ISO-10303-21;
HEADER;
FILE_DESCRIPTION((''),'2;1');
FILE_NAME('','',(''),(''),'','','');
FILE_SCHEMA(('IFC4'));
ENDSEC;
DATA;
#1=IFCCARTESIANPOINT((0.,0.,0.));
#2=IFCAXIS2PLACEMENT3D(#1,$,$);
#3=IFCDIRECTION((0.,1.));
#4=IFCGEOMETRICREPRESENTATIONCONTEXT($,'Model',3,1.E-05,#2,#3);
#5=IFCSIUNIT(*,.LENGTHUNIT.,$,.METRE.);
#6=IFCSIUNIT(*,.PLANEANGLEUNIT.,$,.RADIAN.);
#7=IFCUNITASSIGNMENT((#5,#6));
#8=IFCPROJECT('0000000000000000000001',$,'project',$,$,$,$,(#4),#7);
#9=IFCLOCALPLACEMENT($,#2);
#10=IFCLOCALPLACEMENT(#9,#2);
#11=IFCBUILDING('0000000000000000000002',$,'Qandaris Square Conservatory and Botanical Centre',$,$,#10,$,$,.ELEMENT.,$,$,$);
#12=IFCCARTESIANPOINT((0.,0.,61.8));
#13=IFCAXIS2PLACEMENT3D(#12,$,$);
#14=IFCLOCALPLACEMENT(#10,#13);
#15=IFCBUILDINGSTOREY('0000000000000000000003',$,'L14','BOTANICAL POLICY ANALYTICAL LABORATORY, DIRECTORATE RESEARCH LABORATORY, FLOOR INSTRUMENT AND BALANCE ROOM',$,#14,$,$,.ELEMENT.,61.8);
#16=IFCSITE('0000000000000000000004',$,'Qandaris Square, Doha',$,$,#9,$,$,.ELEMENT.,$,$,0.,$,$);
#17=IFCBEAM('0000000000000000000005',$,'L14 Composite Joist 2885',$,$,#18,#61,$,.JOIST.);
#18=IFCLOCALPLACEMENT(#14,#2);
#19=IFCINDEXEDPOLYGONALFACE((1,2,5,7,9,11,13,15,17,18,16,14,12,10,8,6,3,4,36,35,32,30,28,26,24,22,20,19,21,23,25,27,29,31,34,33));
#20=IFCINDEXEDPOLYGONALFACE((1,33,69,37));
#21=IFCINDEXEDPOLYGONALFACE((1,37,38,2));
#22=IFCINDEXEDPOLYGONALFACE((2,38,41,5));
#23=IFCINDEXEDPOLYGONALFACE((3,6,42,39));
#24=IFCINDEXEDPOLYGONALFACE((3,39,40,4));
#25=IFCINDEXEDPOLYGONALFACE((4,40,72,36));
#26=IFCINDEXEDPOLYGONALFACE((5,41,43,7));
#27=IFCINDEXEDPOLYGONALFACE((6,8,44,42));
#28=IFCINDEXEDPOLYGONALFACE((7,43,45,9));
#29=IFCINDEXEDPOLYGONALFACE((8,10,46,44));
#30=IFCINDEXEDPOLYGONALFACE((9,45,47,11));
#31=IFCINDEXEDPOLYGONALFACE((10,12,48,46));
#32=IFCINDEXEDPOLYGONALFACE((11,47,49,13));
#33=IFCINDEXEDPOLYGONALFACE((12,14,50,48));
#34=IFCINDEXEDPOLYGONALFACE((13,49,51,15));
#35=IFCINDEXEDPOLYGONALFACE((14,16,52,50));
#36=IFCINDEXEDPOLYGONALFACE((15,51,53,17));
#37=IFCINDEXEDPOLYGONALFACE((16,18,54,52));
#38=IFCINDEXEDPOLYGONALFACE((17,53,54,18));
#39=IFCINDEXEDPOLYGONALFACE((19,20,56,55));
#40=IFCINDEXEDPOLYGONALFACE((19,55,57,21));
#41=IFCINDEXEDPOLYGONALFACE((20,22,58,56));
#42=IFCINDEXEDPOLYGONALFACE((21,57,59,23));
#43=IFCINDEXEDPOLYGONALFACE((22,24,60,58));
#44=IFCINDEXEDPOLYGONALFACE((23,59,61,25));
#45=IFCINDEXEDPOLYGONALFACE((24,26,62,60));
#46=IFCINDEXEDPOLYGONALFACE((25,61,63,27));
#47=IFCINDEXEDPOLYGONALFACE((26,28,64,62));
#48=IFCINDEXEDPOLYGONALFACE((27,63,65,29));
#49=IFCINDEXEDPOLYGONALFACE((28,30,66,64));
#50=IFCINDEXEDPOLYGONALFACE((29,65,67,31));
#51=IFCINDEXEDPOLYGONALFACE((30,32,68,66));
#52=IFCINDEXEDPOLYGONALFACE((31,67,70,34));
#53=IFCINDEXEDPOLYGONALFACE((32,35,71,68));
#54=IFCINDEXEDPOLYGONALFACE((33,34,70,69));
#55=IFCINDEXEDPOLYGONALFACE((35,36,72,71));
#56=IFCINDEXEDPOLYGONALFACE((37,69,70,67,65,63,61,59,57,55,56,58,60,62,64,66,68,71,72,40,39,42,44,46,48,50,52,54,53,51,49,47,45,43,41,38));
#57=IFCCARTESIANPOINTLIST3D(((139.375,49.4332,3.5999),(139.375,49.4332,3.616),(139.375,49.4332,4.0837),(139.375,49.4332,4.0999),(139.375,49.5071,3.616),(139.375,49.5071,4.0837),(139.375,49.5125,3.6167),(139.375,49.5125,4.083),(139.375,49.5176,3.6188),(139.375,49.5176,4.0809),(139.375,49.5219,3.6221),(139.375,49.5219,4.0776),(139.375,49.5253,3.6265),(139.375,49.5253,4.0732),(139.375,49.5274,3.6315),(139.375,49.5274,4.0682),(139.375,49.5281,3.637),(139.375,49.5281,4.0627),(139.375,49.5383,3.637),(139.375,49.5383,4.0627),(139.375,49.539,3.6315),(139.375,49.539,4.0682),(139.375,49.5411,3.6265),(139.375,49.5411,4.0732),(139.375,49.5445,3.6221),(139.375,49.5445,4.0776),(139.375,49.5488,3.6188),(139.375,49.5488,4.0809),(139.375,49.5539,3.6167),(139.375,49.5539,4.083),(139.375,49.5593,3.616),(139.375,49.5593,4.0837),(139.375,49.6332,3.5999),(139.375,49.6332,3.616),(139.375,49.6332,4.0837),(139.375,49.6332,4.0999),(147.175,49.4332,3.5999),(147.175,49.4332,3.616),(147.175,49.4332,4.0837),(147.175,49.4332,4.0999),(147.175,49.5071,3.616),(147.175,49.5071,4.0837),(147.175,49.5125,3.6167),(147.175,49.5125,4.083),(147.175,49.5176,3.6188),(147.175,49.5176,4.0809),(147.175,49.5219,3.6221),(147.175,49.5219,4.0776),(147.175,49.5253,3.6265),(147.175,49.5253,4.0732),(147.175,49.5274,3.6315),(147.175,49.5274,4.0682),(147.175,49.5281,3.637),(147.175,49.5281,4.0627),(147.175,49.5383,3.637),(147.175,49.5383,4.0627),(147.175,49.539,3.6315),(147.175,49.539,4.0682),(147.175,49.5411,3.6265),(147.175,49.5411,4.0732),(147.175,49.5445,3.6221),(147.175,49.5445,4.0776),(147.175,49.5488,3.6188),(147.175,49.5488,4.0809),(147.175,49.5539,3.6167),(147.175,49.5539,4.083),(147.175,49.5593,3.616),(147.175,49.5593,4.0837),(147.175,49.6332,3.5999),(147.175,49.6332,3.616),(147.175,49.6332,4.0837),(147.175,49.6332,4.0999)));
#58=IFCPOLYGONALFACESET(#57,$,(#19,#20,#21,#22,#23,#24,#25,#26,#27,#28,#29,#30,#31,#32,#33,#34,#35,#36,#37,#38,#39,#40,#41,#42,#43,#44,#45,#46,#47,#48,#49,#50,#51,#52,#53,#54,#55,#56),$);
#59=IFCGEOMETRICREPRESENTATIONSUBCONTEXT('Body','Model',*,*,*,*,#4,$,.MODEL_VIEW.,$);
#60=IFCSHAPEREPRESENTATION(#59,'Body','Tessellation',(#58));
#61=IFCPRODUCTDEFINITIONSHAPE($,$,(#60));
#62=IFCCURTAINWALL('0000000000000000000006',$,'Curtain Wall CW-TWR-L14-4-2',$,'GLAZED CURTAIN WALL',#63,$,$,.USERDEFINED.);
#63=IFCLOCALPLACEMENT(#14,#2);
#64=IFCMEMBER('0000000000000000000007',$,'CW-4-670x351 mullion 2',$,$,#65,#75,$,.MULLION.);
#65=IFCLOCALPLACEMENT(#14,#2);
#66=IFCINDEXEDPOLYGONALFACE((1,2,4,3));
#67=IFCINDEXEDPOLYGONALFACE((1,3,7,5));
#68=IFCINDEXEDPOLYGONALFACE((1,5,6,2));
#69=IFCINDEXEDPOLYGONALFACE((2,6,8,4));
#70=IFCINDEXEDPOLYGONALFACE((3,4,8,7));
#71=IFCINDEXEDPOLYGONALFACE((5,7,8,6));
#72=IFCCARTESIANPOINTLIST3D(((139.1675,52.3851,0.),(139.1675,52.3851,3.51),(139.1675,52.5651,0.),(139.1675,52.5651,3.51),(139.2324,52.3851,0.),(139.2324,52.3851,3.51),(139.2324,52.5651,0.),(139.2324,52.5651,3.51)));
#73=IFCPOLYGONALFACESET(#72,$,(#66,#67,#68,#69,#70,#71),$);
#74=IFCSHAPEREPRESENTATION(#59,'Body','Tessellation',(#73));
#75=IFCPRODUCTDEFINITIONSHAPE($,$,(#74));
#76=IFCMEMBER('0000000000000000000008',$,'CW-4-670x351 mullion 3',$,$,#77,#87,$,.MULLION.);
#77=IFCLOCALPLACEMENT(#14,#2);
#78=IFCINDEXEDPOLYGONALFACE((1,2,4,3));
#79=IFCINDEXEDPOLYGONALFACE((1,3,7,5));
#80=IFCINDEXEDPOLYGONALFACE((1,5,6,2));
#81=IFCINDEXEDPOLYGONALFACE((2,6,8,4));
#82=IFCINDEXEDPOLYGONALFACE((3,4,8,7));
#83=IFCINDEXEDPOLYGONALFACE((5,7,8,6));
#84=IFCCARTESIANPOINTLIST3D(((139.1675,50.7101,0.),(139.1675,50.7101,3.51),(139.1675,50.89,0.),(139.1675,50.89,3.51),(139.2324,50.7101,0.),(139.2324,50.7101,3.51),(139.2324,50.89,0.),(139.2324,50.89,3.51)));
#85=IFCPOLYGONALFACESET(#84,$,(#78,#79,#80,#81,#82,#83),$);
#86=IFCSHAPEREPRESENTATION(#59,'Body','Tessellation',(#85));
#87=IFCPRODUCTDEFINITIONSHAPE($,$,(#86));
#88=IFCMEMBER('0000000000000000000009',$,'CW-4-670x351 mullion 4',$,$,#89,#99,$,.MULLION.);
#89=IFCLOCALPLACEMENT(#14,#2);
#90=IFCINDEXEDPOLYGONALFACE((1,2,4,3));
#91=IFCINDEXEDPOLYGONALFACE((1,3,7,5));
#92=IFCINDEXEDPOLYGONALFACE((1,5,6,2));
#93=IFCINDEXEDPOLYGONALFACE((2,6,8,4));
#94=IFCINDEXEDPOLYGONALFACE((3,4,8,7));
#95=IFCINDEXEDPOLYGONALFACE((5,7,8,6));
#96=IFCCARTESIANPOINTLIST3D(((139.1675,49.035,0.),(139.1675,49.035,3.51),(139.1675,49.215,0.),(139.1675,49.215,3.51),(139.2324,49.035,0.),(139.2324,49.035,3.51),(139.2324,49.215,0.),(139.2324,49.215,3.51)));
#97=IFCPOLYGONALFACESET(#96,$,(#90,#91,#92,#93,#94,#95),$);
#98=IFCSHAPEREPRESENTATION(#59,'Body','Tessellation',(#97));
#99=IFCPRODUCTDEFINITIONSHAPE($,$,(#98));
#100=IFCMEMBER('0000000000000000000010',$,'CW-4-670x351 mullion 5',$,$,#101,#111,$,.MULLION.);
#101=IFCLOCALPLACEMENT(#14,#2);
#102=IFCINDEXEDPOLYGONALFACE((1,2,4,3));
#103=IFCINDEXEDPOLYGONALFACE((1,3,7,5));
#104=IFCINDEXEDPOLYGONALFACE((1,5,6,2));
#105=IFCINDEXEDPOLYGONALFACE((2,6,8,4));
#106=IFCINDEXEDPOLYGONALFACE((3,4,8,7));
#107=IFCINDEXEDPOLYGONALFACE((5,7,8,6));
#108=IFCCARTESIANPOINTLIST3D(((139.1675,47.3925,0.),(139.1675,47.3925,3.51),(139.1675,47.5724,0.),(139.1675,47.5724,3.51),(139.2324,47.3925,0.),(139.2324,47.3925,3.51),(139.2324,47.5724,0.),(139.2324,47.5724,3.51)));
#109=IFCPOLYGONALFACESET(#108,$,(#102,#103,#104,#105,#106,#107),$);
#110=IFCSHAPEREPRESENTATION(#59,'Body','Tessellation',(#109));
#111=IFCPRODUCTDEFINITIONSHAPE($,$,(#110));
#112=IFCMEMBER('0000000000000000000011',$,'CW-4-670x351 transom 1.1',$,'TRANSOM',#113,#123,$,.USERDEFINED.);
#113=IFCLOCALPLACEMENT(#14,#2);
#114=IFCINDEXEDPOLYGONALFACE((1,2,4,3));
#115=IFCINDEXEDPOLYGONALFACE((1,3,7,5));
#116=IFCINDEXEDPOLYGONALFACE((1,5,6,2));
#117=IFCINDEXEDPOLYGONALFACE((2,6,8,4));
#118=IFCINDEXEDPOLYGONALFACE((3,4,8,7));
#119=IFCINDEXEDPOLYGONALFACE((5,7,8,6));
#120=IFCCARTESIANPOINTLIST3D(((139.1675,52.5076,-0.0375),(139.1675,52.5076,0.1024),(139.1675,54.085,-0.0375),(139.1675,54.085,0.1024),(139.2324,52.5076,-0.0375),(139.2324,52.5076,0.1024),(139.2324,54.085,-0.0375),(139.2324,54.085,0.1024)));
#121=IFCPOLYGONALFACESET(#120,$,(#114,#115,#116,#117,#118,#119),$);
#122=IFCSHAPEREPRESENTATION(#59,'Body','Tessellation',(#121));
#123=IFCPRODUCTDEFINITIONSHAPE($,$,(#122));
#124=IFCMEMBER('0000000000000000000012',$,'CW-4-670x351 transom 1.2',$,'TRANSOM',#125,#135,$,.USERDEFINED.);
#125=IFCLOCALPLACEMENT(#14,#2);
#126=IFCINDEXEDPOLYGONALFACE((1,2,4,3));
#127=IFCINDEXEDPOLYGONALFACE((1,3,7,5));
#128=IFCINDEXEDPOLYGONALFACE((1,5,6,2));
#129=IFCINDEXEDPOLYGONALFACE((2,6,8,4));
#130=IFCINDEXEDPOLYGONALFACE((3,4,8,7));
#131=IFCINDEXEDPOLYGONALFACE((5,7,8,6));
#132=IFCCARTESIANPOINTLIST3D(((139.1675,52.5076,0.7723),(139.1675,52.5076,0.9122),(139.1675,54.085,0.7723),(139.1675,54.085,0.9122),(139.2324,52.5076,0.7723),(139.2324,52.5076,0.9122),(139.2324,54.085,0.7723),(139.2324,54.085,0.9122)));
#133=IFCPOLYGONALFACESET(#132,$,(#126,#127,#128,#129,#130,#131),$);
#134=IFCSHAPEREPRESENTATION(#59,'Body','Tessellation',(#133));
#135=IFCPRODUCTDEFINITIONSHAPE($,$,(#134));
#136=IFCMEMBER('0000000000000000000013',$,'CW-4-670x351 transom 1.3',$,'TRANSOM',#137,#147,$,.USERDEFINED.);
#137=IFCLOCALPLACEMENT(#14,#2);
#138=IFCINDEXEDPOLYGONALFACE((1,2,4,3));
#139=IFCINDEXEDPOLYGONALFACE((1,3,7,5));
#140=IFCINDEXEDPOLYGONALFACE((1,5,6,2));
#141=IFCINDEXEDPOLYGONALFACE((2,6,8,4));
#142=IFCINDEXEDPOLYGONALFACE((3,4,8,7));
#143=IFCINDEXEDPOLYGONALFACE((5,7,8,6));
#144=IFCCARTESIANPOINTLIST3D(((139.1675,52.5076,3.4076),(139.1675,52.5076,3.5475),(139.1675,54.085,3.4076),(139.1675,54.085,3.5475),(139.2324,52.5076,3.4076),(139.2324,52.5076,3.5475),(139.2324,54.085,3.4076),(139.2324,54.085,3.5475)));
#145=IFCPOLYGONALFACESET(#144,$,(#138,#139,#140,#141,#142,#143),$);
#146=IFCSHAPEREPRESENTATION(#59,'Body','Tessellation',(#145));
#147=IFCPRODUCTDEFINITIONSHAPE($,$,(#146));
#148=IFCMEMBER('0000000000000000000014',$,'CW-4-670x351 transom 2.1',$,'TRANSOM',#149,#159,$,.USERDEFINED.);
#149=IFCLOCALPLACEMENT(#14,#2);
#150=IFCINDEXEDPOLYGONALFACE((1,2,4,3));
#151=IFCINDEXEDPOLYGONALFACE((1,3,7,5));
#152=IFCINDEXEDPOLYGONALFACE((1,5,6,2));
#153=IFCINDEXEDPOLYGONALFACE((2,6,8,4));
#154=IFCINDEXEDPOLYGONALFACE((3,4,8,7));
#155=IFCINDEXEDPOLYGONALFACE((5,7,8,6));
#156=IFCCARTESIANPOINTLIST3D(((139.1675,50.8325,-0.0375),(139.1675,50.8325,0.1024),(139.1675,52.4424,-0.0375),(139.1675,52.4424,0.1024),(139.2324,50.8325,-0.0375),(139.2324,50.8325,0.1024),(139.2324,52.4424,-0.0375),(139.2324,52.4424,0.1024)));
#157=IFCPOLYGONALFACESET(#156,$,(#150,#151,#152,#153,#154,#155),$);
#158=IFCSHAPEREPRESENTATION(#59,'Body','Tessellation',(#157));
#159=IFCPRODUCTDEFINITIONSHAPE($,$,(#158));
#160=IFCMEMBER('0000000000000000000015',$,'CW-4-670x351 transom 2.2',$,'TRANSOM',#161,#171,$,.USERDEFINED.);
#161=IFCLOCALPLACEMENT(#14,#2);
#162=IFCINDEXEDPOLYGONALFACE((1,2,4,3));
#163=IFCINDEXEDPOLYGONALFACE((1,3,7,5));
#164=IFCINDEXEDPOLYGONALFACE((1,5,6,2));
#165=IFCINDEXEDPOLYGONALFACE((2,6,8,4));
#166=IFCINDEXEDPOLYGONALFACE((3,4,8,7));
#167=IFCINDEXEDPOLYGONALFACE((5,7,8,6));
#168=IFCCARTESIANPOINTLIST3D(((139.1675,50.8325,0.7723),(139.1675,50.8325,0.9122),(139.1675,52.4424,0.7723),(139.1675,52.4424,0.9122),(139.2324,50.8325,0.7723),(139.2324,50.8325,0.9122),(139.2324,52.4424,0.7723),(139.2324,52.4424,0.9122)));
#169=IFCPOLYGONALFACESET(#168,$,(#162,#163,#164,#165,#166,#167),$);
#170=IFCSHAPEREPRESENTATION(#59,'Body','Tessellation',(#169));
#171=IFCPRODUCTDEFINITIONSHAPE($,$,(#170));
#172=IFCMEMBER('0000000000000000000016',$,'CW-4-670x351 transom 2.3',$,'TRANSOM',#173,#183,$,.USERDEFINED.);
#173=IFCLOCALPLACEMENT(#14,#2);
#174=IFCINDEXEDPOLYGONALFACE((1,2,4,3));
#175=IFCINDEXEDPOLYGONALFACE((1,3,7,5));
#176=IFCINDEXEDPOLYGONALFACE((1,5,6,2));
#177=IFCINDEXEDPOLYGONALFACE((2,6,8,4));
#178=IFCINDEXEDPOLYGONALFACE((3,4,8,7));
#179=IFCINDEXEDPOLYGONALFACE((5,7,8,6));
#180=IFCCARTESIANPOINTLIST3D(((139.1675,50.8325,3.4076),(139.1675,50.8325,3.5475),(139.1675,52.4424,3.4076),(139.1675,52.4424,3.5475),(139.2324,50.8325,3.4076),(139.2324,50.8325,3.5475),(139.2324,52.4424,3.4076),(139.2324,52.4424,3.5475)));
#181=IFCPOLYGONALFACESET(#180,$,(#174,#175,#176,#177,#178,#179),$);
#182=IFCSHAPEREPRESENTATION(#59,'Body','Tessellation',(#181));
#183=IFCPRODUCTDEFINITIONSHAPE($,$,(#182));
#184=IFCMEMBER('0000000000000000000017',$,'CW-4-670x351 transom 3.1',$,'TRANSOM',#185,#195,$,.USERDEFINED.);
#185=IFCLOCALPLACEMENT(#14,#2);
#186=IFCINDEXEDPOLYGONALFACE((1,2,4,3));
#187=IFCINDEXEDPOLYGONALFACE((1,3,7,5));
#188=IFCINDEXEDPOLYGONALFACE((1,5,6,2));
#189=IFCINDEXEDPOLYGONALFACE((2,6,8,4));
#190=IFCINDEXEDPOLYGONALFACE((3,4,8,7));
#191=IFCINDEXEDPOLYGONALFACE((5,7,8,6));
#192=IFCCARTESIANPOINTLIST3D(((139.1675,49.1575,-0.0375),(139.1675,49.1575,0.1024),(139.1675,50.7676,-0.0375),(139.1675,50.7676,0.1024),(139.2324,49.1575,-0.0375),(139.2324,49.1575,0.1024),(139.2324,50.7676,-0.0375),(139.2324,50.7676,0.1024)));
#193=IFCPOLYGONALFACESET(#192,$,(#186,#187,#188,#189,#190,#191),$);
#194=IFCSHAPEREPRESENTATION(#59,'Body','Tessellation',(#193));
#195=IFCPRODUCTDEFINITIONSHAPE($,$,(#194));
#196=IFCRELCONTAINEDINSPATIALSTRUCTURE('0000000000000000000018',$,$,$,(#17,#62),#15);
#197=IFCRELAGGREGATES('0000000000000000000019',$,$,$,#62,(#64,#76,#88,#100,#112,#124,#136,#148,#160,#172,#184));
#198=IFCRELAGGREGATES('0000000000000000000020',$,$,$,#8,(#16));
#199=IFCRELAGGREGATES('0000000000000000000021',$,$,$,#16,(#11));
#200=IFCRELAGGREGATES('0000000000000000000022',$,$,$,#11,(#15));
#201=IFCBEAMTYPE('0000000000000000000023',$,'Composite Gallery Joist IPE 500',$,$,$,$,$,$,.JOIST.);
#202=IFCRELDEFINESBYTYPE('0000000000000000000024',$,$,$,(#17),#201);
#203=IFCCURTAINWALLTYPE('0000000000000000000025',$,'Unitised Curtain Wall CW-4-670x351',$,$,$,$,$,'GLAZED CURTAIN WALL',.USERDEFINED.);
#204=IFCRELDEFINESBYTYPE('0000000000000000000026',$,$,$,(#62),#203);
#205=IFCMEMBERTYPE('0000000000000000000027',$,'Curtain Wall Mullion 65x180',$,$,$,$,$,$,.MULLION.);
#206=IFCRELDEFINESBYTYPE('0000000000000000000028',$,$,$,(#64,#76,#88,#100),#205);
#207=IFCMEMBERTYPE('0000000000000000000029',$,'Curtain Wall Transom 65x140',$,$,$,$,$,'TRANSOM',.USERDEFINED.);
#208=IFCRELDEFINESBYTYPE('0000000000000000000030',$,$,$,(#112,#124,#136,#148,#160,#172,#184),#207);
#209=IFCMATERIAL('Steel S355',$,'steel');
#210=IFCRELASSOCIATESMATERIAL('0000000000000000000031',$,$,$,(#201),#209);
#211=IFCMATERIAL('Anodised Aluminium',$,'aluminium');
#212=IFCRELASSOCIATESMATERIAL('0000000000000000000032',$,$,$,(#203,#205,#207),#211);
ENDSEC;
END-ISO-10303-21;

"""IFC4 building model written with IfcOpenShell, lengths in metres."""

from ifc_helpers import new_model, si_unit, direction, frame, origin, origin_2d, place, context, subcontext, project, spatial, rectangle, i_section, extrude, material, material_profile, profile_set, type_object, element, aggregate, save


model = new_model("IFC4")

# Units and contexts
model_context = context("Model", 3, precision=1e-05, world=origin(), true_north=direction((0.0, 1.0)))
body_context = subcontext(model_context, "Body", "Model", "MODEL_VIEW")
ifc_project = project(units=[si_unit("LENGTHUNIT", "METRE"), si_unit("PLANEANGLEUNIT", "RADIAN")], contexts=[model_context])

# Site, building, storey
site_placement = place(None, origin())
site = spatial("IfcSite", under=ifc_project, at=site_placement, Name="Qandaris Square, Doha", CompositionType="ELEMENT", RefElevation=0.0)
building_placement = place(site_placement, origin())
building = spatial("IfcBuilding", under=site, at=building_placement, Name="Qandaris Square Conservatory and Botanical Centre", CompositionType="ELEMENT")
storey_placement = place(building_placement, frame((0.0, 0.0, 61.8)))
storey = spatial("IfcBuildingStorey", under=building, at=storey_placement, Name="L14", Description="BOTANICAL POLICY ANALYTICAL LABORATORY, DIRECTORATE RESEARCH LABORATORY, FLOOR INSTRUMENT AND BALANCE ROOM", CompositionType="ELEMENT", Elevation=61.8)

# Beam
ifc_material_1 = material(Name="Steel S355", Category="steel")
ifc_material_profile_1 = material_profile(ifc_material_1, i_section(OverallWidth=0.2, OverallDepth=0.5, WebThickness=0.0103, FlangeThickness=0.0161, FilletRadius=0.021, at=origin_2d()), Name="IPE 500")
ifc_profile_set_1 = profile_set([ifc_material_profile_1], Name="Steel S355")
beam_type_1 = type_object("IfcBeamType", Name="Composite Gallery Joist IPE 500", PredefinedType="JOIST", material=ifc_profile_set_1)
beam_1_placement = place(storey_placement, frame((139.375, 49.5332, 3.8499), z_axis=(1.0, 0.0, 0.0), x_axis=(0.0, 1.0, 0.0)))
element("IfcBeam", 1, at=beam_1_placement, inside=storey, type_object=beam_type_1, Name="L14 Composite Joist 2885", PredefinedType="JOIST", context=body_context, shape_type="SweptSolid", body=[
    extrude(i_section(OverallWidth=0.2, OverallDepth=0.5, WebThickness=0.0103, FlangeThickness=0.0161, FilletRadius=0.021, at=origin_2d()), origin(), (0.0, 0.0, 1.0), 7.8),
])

# Curtain wall, members
ifc_material_2 = material(Name="Anodised Aluminium", Category="aluminium")
curtain_wall_type = type_object("IfcCurtainWallType", Name="Unitised Curtain Wall CW-4-670x351", ElementType="GLAZED CURTAIN WALL", PredefinedType="USERDEFINED", material=ifc_material_2)
curtain_wall_placement = place(storey_placement, origin())
curtain_wall = element("IfcCurtainWall", 2, at=curtain_wall_placement, inside=storey, type_object=curtain_wall_type, Name="Curtain Wall CW-TWR-L14-4-2", ObjectType="GLAZED CURTAIN WALL", PredefinedType="USERDEFINED")
ifc_material_profile_2 = material_profile(ifc_material_2, rectangle(XDim=0.0649, YDim=0.1799, at=origin_2d()), Name="ALU-MUL 65x180")
ifc_profile_set_2 = profile_set([ifc_material_profile_2], Name="Anodised Aluminium")
member_type_1 = type_object("IfcMemberType", Name="Curtain Wall Mullion 65x180", PredefinedType="MULLION", material=ifc_profile_set_2)
member_1_placement = place(storey_placement, frame((139.2, 52.4751, 0.0), z_axis=(0.0, 0.0, 1.0), x_axis=(1.0, 0.0, 0.0)))
member_1 = element("IfcMember", 3, at=member_1_placement, type_object=member_type_1, Name="CW-4-670x351 mullion 2", PredefinedType="MULLION", context=body_context, shape_type="SweptSolid", body=[
    extrude(rectangle(XDim=0.0649, YDim=0.1799, at=origin_2d()), origin(), (0.0, 0.0, 1.0), 3.51),
])
member_2_placement = place(storey_placement, frame((139.2, 50.8, 0.0), z_axis=(0.0, 0.0, 1.0), x_axis=(1.0, 0.0, 0.0)))
member_2 = element("IfcMember", 4, at=member_2_placement, type_object=member_type_1, Name="CW-4-670x351 mullion 3", PredefinedType="MULLION", context=body_context, shape_type="SweptSolid", body=[
    extrude(rectangle(XDim=0.0649, YDim=0.1799, at=origin_2d()), origin(), (0.0, 0.0, 1.0), 3.51),
])
member_3_placement = place(storey_placement, frame((139.2, 49.125, 0.0), z_axis=(0.0, 0.0, 1.0), x_axis=(1.0, 0.0, 0.0)))
member_3 = element("IfcMember", 5, at=member_3_placement, type_object=member_type_1, Name="CW-4-670x351 mullion 4", PredefinedType="MULLION", context=body_context, shape_type="SweptSolid", body=[
    extrude(rectangle(XDim=0.0649, YDim=0.1799, at=origin_2d()), origin(), (0.0, 0.0, 1.0), 3.51),
])
member_4_placement = place(storey_placement, frame((139.2, 47.4824, 0.0), z_axis=(0.0, 0.0, 1.0), x_axis=(1.0, 0.0, 0.0)))
member_4 = element("IfcMember", 6, at=member_4_placement, type_object=member_type_1, Name="CW-4-670x351 mullion 5", PredefinedType="MULLION", context=body_context, shape_type="SweptSolid", body=[
    extrude(rectangle(XDim=0.0649, YDim=0.1799, at=origin_2d()), origin(), (0.0, 0.0, 1.0), 3.51),
])
ifc_material_profile_3 = material_profile(ifc_material_2, rectangle(XDim=0.0649, YDim=0.1399, at=origin_2d()), Name="ALU-TRN 65x140")
ifc_profile_set_3 = profile_set([ifc_material_profile_3], Name="Anodised Aluminium")
member_type_2 = type_object("IfcMemberType", Name="Curtain Wall Transom 65x140", ElementType="TRANSOM", PredefinedType="USERDEFINED", material=ifc_profile_set_3)
member_5_placement = place(storey_placement, frame((139.2, 54.085, 0.0325), z_axis=(0.0, -1.0, 0.0), x_axis=(1.0, 0.0, 0.0)))
member_5 = element("IfcMember", 7, at=member_5_placement, type_object=member_type_2, Name="CW-4-670x351 transom 1.1", ObjectType="TRANSOM", PredefinedType="USERDEFINED", context=body_context, shape_type="SweptSolid", body=[
    extrude(rectangle(XDim=0.0649, YDim=0.1399, at=origin_2d()), origin(), (0.0, 0.0, 1.0), 1.5774),
])
member_6_placement = place(storey_placement, frame((139.2, 54.085, 0.8423), z_axis=(0.0, -1.0, 0.0), x_axis=(1.0, 0.0, 0.0)))
member_6 = element("IfcMember", 8, at=member_6_placement, type_object=member_type_2, Name="CW-4-670x351 transom 1.2", ObjectType="TRANSOM", PredefinedType="USERDEFINED", context=body_context, shape_type="SweptSolid", body=[
    extrude(rectangle(XDim=0.0649, YDim=0.1399, at=origin_2d()), origin(), (0.0, 0.0, 1.0), 1.5774),
])
member_7_placement = place(storey_placement, frame((139.2, 54.085, 3.4775), z_axis=(0.0, -1.0, 0.0), x_axis=(1.0, 0.0, 0.0)))
member_7 = element("IfcMember", 9, at=member_7_placement, type_object=member_type_2, Name="CW-4-670x351 transom 1.3", ObjectType="TRANSOM", PredefinedType="USERDEFINED", context=body_context, shape_type="SweptSolid", body=[
    extrude(rectangle(XDim=0.0649, YDim=0.1399, at=origin_2d()), origin(), (0.0, 0.0, 1.0), 1.5774),
])
member_8_placement = place(storey_placement, frame((139.2, 52.4424, 0.0325), z_axis=(0.0, -1.0, 0.0), x_axis=(1.0, 0.0, 0.0)))
member_8 = element("IfcMember", 10, at=member_8_placement, type_object=member_type_2, Name="CW-4-670x351 transom 2.1", ObjectType="TRANSOM", PredefinedType="USERDEFINED", context=body_context, shape_type="SweptSolid", body=[
    extrude(rectangle(XDim=0.0649, YDim=0.1399, at=origin_2d()), origin(), (0.0, 0.0, 1.0), 1.6099),
])
member_9_placement = place(storey_placement, frame((139.2, 52.4424, 0.8423), z_axis=(0.0, -1.0, 0.0), x_axis=(1.0, 0.0, 0.0)))
member_9 = element("IfcMember", 11, at=member_9_placement, type_object=member_type_2, Name="CW-4-670x351 transom 2.2", ObjectType="TRANSOM", PredefinedType="USERDEFINED", context=body_context, shape_type="SweptSolid", body=[
    extrude(rectangle(XDim=0.0649, YDim=0.1399, at=origin_2d()), origin(), (0.0, 0.0, 1.0), 1.6099),
])
member_10_placement = place(storey_placement, frame((139.2, 52.4424, 3.4775), z_axis=(0.0, -1.0, 0.0), x_axis=(1.0, 0.0, 0.0)))
member_10 = element("IfcMember", 12, at=member_10_placement, type_object=member_type_2, Name="CW-4-670x351 transom 2.3", ObjectType="TRANSOM", PredefinedType="USERDEFINED", context=body_context, shape_type="SweptSolid", body=[
    extrude(rectangle(XDim=0.0649, YDim=0.1399, at=origin_2d()), origin(), (0.0, 0.0, 1.0), 1.6099),
])
member_11_placement = place(storey_placement, frame((139.2, 50.7676, 0.0325), z_axis=(0.0, -1.0, 0.0), x_axis=(1.0, 0.0, 0.0)))
member_11 = element("IfcMember", 13, at=member_11_placement, type_object=member_type_2, Name="CW-4-670x351 transom 3.1", ObjectType="TRANSOM", PredefinedType="USERDEFINED", context=body_context, shape_type="SweptSolid", body=[
    extrude(rectangle(XDim=0.0649, YDim=0.1399, at=origin_2d()), origin(), (0.0, 0.0, 1.0), 1.6101),
])

aggregate(curtain_wall, [member_1, member_2, member_3, member_4, member_5, member_6, member_7, member_8, member_9, member_10, member_11])

save(model, "model.ifc")
